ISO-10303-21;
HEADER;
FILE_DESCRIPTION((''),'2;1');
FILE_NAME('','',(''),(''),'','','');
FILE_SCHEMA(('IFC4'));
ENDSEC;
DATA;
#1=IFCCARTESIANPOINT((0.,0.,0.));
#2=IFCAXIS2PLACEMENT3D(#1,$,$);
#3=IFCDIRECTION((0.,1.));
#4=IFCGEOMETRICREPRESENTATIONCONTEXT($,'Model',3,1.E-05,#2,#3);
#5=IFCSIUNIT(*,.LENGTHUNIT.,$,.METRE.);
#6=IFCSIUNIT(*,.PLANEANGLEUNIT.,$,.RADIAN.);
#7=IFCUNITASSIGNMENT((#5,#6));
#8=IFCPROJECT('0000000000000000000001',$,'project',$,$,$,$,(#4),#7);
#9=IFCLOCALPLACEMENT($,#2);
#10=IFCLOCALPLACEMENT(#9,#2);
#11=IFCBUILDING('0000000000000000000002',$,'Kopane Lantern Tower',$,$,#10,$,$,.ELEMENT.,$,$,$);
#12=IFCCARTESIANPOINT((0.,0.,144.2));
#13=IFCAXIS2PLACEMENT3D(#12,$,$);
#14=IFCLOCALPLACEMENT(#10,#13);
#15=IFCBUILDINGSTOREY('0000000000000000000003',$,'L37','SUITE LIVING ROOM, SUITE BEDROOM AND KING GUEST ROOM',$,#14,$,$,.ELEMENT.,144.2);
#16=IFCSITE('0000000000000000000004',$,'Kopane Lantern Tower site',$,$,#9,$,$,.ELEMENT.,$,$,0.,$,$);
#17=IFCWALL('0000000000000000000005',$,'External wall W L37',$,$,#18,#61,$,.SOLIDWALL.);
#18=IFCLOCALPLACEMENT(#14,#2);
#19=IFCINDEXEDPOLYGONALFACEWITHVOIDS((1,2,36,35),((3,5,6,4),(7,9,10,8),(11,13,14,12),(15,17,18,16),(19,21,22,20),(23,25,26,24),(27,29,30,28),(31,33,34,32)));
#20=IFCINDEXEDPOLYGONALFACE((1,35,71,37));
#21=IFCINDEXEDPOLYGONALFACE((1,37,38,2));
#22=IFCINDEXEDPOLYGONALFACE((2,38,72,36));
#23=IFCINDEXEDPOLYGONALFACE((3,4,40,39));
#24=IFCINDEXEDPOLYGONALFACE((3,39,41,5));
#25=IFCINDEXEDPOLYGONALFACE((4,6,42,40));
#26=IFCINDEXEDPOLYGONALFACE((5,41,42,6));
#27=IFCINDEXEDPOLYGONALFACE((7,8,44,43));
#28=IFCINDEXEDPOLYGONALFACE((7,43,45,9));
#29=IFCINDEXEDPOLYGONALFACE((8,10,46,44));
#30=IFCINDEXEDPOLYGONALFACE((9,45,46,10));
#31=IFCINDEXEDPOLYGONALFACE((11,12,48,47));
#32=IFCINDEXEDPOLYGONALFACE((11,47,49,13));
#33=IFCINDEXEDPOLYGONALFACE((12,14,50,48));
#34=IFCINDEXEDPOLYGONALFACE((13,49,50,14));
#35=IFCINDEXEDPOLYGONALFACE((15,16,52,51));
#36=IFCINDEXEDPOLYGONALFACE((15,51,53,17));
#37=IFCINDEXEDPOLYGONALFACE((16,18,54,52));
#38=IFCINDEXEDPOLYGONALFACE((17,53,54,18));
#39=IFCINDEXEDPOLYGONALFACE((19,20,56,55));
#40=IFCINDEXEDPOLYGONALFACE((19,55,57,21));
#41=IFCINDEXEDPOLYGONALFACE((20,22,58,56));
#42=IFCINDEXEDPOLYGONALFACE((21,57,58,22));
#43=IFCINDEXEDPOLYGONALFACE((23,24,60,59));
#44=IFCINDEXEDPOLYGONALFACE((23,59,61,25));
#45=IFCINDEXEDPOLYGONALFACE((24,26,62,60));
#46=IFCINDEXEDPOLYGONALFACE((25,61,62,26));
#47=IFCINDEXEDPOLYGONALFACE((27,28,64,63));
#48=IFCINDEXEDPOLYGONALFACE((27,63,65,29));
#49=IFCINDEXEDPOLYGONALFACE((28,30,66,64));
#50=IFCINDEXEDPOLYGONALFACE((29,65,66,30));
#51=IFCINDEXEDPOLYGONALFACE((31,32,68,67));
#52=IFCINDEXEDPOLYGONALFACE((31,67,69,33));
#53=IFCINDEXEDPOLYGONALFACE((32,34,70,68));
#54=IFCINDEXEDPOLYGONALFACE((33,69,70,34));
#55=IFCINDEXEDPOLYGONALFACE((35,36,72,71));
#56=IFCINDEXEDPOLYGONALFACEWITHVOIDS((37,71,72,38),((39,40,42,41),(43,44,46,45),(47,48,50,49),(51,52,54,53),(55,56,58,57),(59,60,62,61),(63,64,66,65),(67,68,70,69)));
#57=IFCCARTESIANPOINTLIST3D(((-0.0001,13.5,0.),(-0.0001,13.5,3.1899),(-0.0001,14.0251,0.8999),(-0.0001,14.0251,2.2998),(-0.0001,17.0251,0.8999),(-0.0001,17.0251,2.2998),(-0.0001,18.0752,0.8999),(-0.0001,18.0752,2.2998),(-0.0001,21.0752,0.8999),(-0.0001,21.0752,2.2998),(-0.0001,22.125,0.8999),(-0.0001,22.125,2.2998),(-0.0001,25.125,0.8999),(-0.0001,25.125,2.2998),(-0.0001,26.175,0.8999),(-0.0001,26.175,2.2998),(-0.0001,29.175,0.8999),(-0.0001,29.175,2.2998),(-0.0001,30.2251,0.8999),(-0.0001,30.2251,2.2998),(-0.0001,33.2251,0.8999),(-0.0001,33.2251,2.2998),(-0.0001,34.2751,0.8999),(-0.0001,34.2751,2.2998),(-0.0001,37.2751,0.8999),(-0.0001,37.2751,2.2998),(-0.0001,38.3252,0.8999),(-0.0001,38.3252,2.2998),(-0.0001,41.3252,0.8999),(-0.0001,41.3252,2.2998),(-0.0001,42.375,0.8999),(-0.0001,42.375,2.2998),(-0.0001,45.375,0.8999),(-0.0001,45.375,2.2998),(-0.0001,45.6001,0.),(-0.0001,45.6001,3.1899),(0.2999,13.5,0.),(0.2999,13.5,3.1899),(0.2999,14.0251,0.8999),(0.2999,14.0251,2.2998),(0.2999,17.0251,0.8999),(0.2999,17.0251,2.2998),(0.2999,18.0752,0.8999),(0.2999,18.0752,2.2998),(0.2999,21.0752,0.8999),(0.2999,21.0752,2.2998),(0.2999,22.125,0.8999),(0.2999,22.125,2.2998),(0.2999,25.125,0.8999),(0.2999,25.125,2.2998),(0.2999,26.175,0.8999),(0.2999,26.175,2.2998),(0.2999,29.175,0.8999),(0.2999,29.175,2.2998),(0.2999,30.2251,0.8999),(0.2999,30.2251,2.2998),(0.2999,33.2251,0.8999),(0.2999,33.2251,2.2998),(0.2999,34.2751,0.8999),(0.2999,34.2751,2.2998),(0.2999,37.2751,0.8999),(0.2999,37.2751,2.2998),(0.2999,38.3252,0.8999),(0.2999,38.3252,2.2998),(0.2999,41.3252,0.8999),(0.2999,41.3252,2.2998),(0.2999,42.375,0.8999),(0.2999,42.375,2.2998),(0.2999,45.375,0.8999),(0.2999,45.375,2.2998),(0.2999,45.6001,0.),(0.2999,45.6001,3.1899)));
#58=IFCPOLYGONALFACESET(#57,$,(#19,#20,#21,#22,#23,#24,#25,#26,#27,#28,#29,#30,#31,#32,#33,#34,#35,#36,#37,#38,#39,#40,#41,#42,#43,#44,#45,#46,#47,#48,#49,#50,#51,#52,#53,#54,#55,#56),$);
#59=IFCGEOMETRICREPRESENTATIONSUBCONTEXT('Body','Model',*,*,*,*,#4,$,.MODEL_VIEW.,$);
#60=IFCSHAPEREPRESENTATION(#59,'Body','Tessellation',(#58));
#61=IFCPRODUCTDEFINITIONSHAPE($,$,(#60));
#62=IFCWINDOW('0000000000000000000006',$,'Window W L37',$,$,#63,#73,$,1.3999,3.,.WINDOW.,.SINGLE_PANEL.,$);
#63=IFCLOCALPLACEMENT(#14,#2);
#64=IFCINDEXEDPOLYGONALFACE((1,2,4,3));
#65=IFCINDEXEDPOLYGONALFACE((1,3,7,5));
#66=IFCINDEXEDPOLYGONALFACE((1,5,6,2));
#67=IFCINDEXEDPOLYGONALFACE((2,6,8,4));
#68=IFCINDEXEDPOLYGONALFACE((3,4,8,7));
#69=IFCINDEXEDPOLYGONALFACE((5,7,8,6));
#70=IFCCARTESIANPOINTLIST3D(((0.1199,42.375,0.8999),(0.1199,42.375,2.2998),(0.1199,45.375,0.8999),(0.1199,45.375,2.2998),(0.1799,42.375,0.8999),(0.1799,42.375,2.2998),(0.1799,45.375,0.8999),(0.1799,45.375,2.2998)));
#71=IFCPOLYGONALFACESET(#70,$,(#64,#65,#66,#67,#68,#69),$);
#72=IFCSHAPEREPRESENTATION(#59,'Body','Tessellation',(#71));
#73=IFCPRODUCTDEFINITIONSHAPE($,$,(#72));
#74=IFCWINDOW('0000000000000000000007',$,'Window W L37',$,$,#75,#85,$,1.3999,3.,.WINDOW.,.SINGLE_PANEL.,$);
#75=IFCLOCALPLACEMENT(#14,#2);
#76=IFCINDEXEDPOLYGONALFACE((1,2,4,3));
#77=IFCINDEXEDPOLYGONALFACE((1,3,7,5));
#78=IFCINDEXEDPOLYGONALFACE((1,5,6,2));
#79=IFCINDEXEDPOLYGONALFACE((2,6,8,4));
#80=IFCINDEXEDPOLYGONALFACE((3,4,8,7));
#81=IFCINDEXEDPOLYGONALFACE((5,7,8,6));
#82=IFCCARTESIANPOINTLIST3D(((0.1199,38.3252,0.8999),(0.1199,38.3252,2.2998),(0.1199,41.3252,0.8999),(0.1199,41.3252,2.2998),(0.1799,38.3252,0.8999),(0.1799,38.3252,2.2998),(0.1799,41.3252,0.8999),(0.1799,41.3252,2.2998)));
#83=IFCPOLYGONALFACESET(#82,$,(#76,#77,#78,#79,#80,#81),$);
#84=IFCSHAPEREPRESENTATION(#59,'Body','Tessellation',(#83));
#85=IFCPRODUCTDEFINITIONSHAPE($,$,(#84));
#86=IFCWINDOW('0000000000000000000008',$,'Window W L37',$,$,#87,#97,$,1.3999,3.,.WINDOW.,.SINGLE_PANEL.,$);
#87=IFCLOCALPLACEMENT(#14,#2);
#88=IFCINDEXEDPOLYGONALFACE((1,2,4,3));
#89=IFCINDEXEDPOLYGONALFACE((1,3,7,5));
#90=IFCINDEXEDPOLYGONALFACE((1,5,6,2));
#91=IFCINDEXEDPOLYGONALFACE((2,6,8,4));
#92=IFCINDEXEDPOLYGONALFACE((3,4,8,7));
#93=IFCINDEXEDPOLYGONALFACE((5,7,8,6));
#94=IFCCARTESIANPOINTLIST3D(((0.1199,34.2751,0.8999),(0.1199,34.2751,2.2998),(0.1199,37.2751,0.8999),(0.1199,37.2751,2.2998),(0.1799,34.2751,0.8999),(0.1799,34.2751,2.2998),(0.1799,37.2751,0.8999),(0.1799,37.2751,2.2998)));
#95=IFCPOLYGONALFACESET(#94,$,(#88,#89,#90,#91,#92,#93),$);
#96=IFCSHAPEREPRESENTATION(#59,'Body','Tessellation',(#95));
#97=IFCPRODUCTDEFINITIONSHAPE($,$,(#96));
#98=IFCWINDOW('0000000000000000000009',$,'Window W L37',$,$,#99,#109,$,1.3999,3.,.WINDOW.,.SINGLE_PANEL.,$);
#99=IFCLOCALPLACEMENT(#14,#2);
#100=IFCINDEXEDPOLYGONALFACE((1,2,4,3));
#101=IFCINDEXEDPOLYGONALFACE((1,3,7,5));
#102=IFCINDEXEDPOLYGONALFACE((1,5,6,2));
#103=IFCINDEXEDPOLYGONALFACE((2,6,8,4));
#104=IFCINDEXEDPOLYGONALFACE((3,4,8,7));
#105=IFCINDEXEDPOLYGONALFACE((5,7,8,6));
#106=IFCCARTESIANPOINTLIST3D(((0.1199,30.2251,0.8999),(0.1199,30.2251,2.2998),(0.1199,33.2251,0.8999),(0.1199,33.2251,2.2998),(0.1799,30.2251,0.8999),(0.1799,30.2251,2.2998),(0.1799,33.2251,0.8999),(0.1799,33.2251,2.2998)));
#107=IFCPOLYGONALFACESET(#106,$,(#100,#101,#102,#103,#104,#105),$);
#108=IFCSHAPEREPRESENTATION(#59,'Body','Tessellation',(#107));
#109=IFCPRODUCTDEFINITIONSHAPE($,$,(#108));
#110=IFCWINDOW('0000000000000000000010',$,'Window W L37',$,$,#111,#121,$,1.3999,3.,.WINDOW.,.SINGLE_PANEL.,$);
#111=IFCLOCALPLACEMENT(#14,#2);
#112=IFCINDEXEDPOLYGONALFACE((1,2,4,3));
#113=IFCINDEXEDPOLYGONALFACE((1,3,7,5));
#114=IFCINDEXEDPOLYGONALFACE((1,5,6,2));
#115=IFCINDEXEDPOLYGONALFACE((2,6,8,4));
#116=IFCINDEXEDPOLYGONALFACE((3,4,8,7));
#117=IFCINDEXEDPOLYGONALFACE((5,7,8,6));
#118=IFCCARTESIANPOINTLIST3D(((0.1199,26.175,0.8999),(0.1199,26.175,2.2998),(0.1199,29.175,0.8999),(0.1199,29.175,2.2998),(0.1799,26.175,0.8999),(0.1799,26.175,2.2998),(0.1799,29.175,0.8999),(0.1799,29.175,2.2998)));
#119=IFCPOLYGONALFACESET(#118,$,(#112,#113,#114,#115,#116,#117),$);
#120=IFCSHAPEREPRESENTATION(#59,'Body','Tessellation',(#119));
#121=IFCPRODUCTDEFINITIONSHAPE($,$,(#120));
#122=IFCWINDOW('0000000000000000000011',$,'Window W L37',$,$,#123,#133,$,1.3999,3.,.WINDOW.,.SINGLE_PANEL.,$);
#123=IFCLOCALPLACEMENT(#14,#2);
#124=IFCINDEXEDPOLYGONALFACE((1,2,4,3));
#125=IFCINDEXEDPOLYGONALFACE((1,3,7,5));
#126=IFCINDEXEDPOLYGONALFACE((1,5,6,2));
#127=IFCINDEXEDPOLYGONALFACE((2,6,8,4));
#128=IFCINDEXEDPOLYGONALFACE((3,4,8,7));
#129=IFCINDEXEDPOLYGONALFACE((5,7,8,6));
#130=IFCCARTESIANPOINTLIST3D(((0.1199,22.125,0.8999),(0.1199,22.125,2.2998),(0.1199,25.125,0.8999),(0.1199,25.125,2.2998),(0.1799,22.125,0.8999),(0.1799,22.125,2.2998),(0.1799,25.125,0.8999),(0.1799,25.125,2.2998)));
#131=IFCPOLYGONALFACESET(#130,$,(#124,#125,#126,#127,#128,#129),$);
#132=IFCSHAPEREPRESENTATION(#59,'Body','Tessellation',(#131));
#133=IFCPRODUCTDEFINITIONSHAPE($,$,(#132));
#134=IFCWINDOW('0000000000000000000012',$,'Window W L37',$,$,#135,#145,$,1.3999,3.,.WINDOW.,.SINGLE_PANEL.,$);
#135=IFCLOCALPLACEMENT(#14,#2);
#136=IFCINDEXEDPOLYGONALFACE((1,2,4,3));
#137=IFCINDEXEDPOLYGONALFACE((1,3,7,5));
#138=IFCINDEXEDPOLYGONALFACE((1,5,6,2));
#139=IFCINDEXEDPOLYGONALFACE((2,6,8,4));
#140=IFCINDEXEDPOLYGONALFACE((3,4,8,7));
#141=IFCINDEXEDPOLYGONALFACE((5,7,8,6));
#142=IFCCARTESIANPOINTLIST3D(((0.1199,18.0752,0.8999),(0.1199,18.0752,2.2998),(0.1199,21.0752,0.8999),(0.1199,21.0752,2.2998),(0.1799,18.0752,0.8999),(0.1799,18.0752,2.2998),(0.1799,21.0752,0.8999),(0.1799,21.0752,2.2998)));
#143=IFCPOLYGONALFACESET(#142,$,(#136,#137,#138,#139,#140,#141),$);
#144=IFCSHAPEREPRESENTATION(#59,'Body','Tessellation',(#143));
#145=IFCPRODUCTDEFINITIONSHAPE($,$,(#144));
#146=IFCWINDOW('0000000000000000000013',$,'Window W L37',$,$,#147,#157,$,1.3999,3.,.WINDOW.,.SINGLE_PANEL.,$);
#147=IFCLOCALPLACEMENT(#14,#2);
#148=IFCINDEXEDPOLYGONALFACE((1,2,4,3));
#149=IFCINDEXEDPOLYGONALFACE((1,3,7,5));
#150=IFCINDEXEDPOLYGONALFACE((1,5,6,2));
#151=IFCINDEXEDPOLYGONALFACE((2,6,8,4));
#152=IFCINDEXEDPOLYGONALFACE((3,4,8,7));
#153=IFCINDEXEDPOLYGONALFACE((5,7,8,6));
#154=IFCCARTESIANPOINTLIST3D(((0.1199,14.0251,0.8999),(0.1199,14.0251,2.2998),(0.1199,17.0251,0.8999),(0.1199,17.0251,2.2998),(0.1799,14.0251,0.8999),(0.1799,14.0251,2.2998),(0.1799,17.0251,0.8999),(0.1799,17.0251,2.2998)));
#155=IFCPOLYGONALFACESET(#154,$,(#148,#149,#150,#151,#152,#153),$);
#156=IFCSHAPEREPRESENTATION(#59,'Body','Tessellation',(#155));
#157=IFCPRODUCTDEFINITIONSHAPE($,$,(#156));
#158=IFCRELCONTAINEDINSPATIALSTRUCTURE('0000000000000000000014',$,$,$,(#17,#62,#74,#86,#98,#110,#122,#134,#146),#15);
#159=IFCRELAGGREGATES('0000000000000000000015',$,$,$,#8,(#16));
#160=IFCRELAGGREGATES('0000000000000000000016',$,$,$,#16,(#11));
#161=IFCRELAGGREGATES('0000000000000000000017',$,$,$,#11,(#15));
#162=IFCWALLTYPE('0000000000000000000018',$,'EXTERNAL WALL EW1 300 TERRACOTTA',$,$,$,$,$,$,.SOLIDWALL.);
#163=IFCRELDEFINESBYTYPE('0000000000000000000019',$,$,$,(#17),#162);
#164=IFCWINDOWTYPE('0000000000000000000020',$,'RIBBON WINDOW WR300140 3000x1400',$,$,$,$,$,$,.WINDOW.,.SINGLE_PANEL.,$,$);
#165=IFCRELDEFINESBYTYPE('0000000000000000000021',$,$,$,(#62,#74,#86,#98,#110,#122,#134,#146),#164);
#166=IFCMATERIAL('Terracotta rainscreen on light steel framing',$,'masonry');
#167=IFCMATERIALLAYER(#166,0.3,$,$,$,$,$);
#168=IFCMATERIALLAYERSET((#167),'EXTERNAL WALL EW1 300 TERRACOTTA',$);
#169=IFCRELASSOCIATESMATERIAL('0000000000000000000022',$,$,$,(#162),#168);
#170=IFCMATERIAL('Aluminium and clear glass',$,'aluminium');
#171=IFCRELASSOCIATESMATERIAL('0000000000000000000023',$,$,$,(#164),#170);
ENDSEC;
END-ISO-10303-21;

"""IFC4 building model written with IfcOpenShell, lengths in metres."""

from ifc_helpers import new_model, si_unit, direction, frame, frame_2d, origin, place, context, subcontext, project, spatial, rectangle, extrude, material, layer, layer_set, type_object, element, fill, save


model = new_model("IFC4")

# Units and contexts
model_context = context("Model", 3, precision=1e-05, world=origin(), true_north=direction((0.0, 1.0)))
body_context = subcontext(model_context, "Body", "Model", "MODEL_VIEW")
ifc_project = project(units=[si_unit("LENGTHUNIT", "METRE"), si_unit("PLANEANGLEUNIT", "RADIAN")], contexts=[model_context])

# Site, building, storey
site_placement = place(None, origin())
site = spatial("IfcSite", under=ifc_project, at=site_placement, Name="Kopane Lantern Tower site", CompositionType="ELEMENT", RefElevation=0.0)
building_placement = place(site_placement, origin())
building = spatial("IfcBuilding", under=site, at=building_placement, Name="Kopane Lantern Tower", CompositionType="ELEMENT")
storey_placement = place(building_placement, frame((0.0, 0.0, 144.2)))
storey = spatial("IfcBuildingStorey", under=building, at=storey_placement, Name="L37", Description="SUITE LIVING ROOM, SUITE BEDROOM AND KING GUEST ROOM", CompositionType="ELEMENT", Elevation=144.2)

# Shared definitions
ifc_material_1 = material(Name="Terracotta rainscreen on light steel framing", Category="masonry")
ifc_layer_1 = layer(ifc_material_1, 0.3)
ifc_layer_set_1 = layer_set([ifc_layer_1], Name="EXTERNAL WALL EW1 300 TERRACOTTA")
wall_type_1 = type_object("IfcWallType", Name="EXTERNAL WALL EW1 300 TERRACOTTA", PredefinedType="SOLIDWALL", material=ifc_layer_set_1)
ifc_material_2 = material(Name="Aluminium and clear glass", Category="aluminium")
window_type = type_object("IfcWindowType", Name="RIBBON WINDOW WR300140 3000x1400", PartitioningType="SINGLE_PANEL", PredefinedType="WINDOW", material=ifc_material_2)

# Wall, openings, windows
wall_1_placement = place(storey_placement, frame((0.1499, 45.6001, 0.0), z_axis=(0.0, 0.0, 1.0), x_axis=(0.0, -1.0, 0.0)))
wall_1 = element("IfcWall", 1, at=wall_1_placement, inside=storey, type_object=wall_type_1, Name="External wall W L37", PredefinedType="SOLIDWALL", context=body_context, shape_type="SweptSolid", body=[
    extrude(rectangle(XDim=32.1001, YDim=0.3, at=frame_2d((16.05, 0.0))), origin(), (0.0, 0.0, 1.0), 3.1899),
])
opening_1_placement = place(wall_1_placement, frame((0.2251, 0.0, 0.8999)))
opening_1 = element("IfcOpeningElement", 2, at=opening_1_placement, cuts=wall_1, PredefinedType="OPENING", context=body_context, shape_type="SweptSolid", body=[
    extrude(rectangle(XDim=3.0, YDim=1.3999, at=frame_2d((1.5, 0.7))), frame((0.0, 0.1599, 0.0), z_axis=(0.0, -1.0, 0.0), x_axis=(1.0, 0.0, 0.0)), (0.0, 0.0, 1.0), 0.3201),
])
opening_2_placement = place(wall_1_placement, frame((4.2749, 0.0, 0.8999)))
opening_2 = element("IfcOpeningElement", 3, at=opening_2_placement, cuts=wall_1, PredefinedType="OPENING", context=body_context, shape_type="SweptSolid", body=[
    extrude(rectangle(XDim=3.0, YDim=1.3999, at=frame_2d((1.5, 0.7))), frame((0.0, 0.1599, 0.0), z_axis=(0.0, -1.0, 0.0), x_axis=(1.0, 0.0, 0.0)), (0.0, 0.0, 1.0), 0.3201),
])
opening_3_placement = place(wall_1_placement, frame((8.325, 0.0, 0.8999)))
opening_3 = element("IfcOpeningElement", 4, at=opening_3_placement, cuts=wall_1, PredefinedType="OPENING", context=body_context, shape_type="SweptSolid", body=[
    extrude(rectangle(XDim=3.0, YDim=1.3999, at=frame_2d((1.5, 0.7))), frame((0.0, 0.1599, 0.0), z_axis=(0.0, -1.0, 0.0), x_axis=(1.0, 0.0, 0.0)), (0.0, 0.0, 1.0), 0.3201),
])
opening_4_placement = place(wall_1_placement, frame((12.375, 0.0, 0.8999)))
opening_4 = element("IfcOpeningElement", 5, at=opening_4_placement, cuts=wall_1, PredefinedType="OPENING", context=body_context, shape_type="SweptSolid", body=[
    extrude(rectangle(XDim=3.0, YDim=1.3999, at=frame_2d((1.5, 0.7))), frame((0.0, 0.1599, 0.0), z_axis=(0.0, -1.0, 0.0), x_axis=(1.0, 0.0, 0.0)), (0.0, 0.0, 1.0), 0.3201),
])
opening_5_placement = place(wall_1_placement, frame((16.425, 0.0, 0.8999)))
opening_5 = element("IfcOpeningElement", 6, at=opening_5_placement, cuts=wall_1, PredefinedType="OPENING", context=body_context, shape_type="SweptSolid", body=[
    extrude(rectangle(XDim=3.0, YDim=1.3999, at=frame_2d((1.5, 0.7))), frame((0.0, 0.1599, 0.0), z_axis=(0.0, -1.0, 0.0), x_axis=(1.0, 0.0, 0.0)), (0.0, 0.0, 1.0), 0.3201),
])
opening_6_placement = place(wall_1_placement, frame((20.4751, 0.0, 0.8999)))
opening_6 = element("IfcOpeningElement", 7, at=opening_6_placement, cuts=wall_1, PredefinedType="OPENING", context=body_context, shape_type="SweptSolid", body=[
    extrude(rectangle(XDim=3.0, YDim=1.3999, at=frame_2d((1.5, 0.7))), frame((0.0, 0.1599, 0.0), z_axis=(0.0, -1.0, 0.0), x_axis=(1.0, 0.0, 0.0)), (0.0, 0.0, 1.0), 0.3201),
])
opening_7_placement = place(wall_1_placement, frame((24.5249, 0.0, 0.8999)))
opening_7 = element("IfcOpeningElement", 8, at=opening_7_placement, cuts=wall_1, PredefinedType="OPENING", context=body_context, shape_type="SweptSolid", body=[
    extrude(rectangle(XDim=3.0, YDim=1.3999, at=frame_2d((1.5, 0.7))), frame((0.0, 0.1599, 0.0), z_axis=(0.0, -1.0, 0.0), x_axis=(1.0, 0.0, 0.0)), (0.0, 0.0, 1.0), 0.3201),
])
opening_8_placement = place(wall_1_placement, frame((28.575, 0.0, 0.8999)))
opening_8 = element("IfcOpeningElement", 9, at=opening_8_placement, cuts=wall_1, PredefinedType="OPENING", context=body_context, shape_type="SweptSolid", body=[
    extrude(rectangle(XDim=3.0, YDim=1.3999, at=frame_2d((1.5, 0.7))), frame((0.0, 0.1599, 0.0), z_axis=(0.0, -1.0, 0.0), x_axis=(1.0, 0.0, 0.0)), (0.0, 0.0, 1.0), 0.3201),
])
window_1_placement = place(opening_1_placement, origin())
window_1 = element("IfcWindow", 10, at=window_1_placement, inside=storey, type_object=window_type, Name="Window W L37", OverallHeight=1.3999, OverallWidth=3.0, PartitioningType="SINGLE_PANEL", PredefinedType="WINDOW", context=body_context, shape_type="SweptSolid", body=[
    extrude(rectangle(XDim=3.0, YDim=1.3999, at=frame_2d((1.5, 0.7))), frame((0.0, 0.03, 0.0), z_axis=(0.0, -1.0, 0.0), x_axis=(1.0, 0.0, 0.0)), (0.0, 0.0, 1.0), 0.0601),
])
fill(opening_1, window_1)
window_2_placement = place(opening_2_placement, origin())
window_2 = element("IfcWindow", 11, at=window_2_placement, inside=storey, type_object=window_type, Name="Window W L37", OverallHeight=1.3999, OverallWidth=3.0, PartitioningType="SINGLE_PANEL", PredefinedType="WINDOW", context=body_context, shape_type="SweptSolid", body=[
    extrude(rectangle(XDim=3.0, YDim=1.3999, at=frame_2d((1.5, 0.7))), frame((0.0, 0.03, 0.0), z_axis=(0.0, -1.0, 0.0), x_axis=(1.0, 0.0, 0.0)), (0.0, 0.0, 1.0), 0.0601),
])
fill(opening_2, window_2)
window_3_placement = place(opening_3_placement, origin())
window_3 = element("IfcWindow", 12, at=window_3_placement, inside=storey, type_object=window_type, Name="Window W L37", OverallHeight=1.3999, OverallWidth=3.0, PartitioningType="SINGLE_PANEL", PredefinedType="WINDOW", context=body_context, shape_type="SweptSolid", body=[
    extrude(rectangle(XDim=3.0, YDim=1.3999, at=frame_2d((1.5, 0.7))), frame((0.0, 0.03, 0.0), z_axis=(0.0, -1.0, 0.0), x_axis=(1.0, 0.0, 0.0)), (0.0, 0.0, 1.0), 0.0601),
])
fill(opening_3, window_3)
window_4_placement = place(opening_4_placement, origin())
window_4 = element("IfcWindow", 13, at=window_4_placement, inside=storey, type_object=window_type, Name="Window W L37", OverallHeight=1.3999, OverallWidth=3.0, PartitioningType="SINGLE_PANEL", PredefinedType="WINDOW", context=body_context, shape_type="SweptSolid", body=[
    extrude(rectangle(XDim=3.0, YDim=1.3999, at=frame_2d((1.5, 0.7))), frame((0.0, 0.03, 0.0), z_axis=(0.0, -1.0, 0.0), x_axis=(1.0, 0.0, 0.0)), (0.0, 0.0, 1.0), 0.0601),
])
fill(opening_4, window_4)
window_5_placement = place(opening_5_placement, origin())
window_5 = element("IfcWindow", 14, at=window_5_placement, inside=storey, type_object=window_type, Name="Window W L37", OverallHeight=1.3999, OverallWidth=3.0, PartitioningType="SINGLE_PANEL", PredefinedType="WINDOW", context=body_context, shape_type="SweptSolid", body=[
    extrude(rectangle(XDim=3.0, YDim=1.3999, at=frame_2d((1.5, 0.7))), frame((0.0, 0.03, 0.0), z_axis=(0.0, -1.0, 0.0), x_axis=(1.0, 0.0, 0.0)), (0.0, 0.0, 1.0), 0.0601),
])
fill(opening_5, window_5)
window_6_placement = place(opening_6_placement, origin())
window_6 = element("IfcWindow", 15, at=window_6_placement, inside=storey, type_object=window_type, Name="Window W L37", OverallHeight=1.3999, OverallWidth=3.0, PartitioningType="SINGLE_PANEL", PredefinedType="WINDOW", context=body_context, shape_type="SweptSolid", body=[
    extrude(rectangle(XDim=3.0, YDim=1.3999, at=frame_2d((1.5, 0.7))), frame((0.0, 0.03, 0.0), z_axis=(0.0, -1.0, 0.0), x_axis=(1.0, 0.0, 0.0)), (0.0, 0.0, 1.0), 0.0601),
])
fill(opening_6, window_6)
window_7_placement = place(opening_7_placement, origin())
window_7 = element("IfcWindow", 16, at=window_7_placement, inside=storey, type_object=window_type, Name="Window W L37", OverallHeight=1.3999, OverallWidth=3.0, PartitioningType="SINGLE_PANEL", PredefinedType="WINDOW", context=body_context, shape_type="SweptSolid", body=[
    extrude(rectangle(XDim=3.0, YDim=1.3999, at=frame_2d((1.5, 0.7))), frame((0.0, 0.03, 0.0), z_axis=(0.0, -1.0, 0.0), x_axis=(1.0, 0.0, 0.0)), (0.0, 0.0, 1.0), 0.0601),
])
fill(opening_7, window_7)
window_8_placement = place(opening_8_placement, origin())
window_8 = element("IfcWindow", 17, at=window_8_placement, inside=storey, type_object=window_type, Name="Window W L37", OverallHeight=1.3999, OverallWidth=3.0, PartitioningType="SINGLE_PANEL", PredefinedType="WINDOW", context=body_context, shape_type="SweptSolid", body=[
    extrude(rectangle(XDim=3.0, YDim=1.3999, at=frame_2d((1.5, 0.7))), frame((0.0, 0.03, 0.0), z_axis=(0.0, -1.0, 0.0), x_axis=(1.0, 0.0, 0.0)), (0.0, 0.0, 1.0), 0.0601),
])
fill(opening_8, window_8)

save(model, "model.ifc")
